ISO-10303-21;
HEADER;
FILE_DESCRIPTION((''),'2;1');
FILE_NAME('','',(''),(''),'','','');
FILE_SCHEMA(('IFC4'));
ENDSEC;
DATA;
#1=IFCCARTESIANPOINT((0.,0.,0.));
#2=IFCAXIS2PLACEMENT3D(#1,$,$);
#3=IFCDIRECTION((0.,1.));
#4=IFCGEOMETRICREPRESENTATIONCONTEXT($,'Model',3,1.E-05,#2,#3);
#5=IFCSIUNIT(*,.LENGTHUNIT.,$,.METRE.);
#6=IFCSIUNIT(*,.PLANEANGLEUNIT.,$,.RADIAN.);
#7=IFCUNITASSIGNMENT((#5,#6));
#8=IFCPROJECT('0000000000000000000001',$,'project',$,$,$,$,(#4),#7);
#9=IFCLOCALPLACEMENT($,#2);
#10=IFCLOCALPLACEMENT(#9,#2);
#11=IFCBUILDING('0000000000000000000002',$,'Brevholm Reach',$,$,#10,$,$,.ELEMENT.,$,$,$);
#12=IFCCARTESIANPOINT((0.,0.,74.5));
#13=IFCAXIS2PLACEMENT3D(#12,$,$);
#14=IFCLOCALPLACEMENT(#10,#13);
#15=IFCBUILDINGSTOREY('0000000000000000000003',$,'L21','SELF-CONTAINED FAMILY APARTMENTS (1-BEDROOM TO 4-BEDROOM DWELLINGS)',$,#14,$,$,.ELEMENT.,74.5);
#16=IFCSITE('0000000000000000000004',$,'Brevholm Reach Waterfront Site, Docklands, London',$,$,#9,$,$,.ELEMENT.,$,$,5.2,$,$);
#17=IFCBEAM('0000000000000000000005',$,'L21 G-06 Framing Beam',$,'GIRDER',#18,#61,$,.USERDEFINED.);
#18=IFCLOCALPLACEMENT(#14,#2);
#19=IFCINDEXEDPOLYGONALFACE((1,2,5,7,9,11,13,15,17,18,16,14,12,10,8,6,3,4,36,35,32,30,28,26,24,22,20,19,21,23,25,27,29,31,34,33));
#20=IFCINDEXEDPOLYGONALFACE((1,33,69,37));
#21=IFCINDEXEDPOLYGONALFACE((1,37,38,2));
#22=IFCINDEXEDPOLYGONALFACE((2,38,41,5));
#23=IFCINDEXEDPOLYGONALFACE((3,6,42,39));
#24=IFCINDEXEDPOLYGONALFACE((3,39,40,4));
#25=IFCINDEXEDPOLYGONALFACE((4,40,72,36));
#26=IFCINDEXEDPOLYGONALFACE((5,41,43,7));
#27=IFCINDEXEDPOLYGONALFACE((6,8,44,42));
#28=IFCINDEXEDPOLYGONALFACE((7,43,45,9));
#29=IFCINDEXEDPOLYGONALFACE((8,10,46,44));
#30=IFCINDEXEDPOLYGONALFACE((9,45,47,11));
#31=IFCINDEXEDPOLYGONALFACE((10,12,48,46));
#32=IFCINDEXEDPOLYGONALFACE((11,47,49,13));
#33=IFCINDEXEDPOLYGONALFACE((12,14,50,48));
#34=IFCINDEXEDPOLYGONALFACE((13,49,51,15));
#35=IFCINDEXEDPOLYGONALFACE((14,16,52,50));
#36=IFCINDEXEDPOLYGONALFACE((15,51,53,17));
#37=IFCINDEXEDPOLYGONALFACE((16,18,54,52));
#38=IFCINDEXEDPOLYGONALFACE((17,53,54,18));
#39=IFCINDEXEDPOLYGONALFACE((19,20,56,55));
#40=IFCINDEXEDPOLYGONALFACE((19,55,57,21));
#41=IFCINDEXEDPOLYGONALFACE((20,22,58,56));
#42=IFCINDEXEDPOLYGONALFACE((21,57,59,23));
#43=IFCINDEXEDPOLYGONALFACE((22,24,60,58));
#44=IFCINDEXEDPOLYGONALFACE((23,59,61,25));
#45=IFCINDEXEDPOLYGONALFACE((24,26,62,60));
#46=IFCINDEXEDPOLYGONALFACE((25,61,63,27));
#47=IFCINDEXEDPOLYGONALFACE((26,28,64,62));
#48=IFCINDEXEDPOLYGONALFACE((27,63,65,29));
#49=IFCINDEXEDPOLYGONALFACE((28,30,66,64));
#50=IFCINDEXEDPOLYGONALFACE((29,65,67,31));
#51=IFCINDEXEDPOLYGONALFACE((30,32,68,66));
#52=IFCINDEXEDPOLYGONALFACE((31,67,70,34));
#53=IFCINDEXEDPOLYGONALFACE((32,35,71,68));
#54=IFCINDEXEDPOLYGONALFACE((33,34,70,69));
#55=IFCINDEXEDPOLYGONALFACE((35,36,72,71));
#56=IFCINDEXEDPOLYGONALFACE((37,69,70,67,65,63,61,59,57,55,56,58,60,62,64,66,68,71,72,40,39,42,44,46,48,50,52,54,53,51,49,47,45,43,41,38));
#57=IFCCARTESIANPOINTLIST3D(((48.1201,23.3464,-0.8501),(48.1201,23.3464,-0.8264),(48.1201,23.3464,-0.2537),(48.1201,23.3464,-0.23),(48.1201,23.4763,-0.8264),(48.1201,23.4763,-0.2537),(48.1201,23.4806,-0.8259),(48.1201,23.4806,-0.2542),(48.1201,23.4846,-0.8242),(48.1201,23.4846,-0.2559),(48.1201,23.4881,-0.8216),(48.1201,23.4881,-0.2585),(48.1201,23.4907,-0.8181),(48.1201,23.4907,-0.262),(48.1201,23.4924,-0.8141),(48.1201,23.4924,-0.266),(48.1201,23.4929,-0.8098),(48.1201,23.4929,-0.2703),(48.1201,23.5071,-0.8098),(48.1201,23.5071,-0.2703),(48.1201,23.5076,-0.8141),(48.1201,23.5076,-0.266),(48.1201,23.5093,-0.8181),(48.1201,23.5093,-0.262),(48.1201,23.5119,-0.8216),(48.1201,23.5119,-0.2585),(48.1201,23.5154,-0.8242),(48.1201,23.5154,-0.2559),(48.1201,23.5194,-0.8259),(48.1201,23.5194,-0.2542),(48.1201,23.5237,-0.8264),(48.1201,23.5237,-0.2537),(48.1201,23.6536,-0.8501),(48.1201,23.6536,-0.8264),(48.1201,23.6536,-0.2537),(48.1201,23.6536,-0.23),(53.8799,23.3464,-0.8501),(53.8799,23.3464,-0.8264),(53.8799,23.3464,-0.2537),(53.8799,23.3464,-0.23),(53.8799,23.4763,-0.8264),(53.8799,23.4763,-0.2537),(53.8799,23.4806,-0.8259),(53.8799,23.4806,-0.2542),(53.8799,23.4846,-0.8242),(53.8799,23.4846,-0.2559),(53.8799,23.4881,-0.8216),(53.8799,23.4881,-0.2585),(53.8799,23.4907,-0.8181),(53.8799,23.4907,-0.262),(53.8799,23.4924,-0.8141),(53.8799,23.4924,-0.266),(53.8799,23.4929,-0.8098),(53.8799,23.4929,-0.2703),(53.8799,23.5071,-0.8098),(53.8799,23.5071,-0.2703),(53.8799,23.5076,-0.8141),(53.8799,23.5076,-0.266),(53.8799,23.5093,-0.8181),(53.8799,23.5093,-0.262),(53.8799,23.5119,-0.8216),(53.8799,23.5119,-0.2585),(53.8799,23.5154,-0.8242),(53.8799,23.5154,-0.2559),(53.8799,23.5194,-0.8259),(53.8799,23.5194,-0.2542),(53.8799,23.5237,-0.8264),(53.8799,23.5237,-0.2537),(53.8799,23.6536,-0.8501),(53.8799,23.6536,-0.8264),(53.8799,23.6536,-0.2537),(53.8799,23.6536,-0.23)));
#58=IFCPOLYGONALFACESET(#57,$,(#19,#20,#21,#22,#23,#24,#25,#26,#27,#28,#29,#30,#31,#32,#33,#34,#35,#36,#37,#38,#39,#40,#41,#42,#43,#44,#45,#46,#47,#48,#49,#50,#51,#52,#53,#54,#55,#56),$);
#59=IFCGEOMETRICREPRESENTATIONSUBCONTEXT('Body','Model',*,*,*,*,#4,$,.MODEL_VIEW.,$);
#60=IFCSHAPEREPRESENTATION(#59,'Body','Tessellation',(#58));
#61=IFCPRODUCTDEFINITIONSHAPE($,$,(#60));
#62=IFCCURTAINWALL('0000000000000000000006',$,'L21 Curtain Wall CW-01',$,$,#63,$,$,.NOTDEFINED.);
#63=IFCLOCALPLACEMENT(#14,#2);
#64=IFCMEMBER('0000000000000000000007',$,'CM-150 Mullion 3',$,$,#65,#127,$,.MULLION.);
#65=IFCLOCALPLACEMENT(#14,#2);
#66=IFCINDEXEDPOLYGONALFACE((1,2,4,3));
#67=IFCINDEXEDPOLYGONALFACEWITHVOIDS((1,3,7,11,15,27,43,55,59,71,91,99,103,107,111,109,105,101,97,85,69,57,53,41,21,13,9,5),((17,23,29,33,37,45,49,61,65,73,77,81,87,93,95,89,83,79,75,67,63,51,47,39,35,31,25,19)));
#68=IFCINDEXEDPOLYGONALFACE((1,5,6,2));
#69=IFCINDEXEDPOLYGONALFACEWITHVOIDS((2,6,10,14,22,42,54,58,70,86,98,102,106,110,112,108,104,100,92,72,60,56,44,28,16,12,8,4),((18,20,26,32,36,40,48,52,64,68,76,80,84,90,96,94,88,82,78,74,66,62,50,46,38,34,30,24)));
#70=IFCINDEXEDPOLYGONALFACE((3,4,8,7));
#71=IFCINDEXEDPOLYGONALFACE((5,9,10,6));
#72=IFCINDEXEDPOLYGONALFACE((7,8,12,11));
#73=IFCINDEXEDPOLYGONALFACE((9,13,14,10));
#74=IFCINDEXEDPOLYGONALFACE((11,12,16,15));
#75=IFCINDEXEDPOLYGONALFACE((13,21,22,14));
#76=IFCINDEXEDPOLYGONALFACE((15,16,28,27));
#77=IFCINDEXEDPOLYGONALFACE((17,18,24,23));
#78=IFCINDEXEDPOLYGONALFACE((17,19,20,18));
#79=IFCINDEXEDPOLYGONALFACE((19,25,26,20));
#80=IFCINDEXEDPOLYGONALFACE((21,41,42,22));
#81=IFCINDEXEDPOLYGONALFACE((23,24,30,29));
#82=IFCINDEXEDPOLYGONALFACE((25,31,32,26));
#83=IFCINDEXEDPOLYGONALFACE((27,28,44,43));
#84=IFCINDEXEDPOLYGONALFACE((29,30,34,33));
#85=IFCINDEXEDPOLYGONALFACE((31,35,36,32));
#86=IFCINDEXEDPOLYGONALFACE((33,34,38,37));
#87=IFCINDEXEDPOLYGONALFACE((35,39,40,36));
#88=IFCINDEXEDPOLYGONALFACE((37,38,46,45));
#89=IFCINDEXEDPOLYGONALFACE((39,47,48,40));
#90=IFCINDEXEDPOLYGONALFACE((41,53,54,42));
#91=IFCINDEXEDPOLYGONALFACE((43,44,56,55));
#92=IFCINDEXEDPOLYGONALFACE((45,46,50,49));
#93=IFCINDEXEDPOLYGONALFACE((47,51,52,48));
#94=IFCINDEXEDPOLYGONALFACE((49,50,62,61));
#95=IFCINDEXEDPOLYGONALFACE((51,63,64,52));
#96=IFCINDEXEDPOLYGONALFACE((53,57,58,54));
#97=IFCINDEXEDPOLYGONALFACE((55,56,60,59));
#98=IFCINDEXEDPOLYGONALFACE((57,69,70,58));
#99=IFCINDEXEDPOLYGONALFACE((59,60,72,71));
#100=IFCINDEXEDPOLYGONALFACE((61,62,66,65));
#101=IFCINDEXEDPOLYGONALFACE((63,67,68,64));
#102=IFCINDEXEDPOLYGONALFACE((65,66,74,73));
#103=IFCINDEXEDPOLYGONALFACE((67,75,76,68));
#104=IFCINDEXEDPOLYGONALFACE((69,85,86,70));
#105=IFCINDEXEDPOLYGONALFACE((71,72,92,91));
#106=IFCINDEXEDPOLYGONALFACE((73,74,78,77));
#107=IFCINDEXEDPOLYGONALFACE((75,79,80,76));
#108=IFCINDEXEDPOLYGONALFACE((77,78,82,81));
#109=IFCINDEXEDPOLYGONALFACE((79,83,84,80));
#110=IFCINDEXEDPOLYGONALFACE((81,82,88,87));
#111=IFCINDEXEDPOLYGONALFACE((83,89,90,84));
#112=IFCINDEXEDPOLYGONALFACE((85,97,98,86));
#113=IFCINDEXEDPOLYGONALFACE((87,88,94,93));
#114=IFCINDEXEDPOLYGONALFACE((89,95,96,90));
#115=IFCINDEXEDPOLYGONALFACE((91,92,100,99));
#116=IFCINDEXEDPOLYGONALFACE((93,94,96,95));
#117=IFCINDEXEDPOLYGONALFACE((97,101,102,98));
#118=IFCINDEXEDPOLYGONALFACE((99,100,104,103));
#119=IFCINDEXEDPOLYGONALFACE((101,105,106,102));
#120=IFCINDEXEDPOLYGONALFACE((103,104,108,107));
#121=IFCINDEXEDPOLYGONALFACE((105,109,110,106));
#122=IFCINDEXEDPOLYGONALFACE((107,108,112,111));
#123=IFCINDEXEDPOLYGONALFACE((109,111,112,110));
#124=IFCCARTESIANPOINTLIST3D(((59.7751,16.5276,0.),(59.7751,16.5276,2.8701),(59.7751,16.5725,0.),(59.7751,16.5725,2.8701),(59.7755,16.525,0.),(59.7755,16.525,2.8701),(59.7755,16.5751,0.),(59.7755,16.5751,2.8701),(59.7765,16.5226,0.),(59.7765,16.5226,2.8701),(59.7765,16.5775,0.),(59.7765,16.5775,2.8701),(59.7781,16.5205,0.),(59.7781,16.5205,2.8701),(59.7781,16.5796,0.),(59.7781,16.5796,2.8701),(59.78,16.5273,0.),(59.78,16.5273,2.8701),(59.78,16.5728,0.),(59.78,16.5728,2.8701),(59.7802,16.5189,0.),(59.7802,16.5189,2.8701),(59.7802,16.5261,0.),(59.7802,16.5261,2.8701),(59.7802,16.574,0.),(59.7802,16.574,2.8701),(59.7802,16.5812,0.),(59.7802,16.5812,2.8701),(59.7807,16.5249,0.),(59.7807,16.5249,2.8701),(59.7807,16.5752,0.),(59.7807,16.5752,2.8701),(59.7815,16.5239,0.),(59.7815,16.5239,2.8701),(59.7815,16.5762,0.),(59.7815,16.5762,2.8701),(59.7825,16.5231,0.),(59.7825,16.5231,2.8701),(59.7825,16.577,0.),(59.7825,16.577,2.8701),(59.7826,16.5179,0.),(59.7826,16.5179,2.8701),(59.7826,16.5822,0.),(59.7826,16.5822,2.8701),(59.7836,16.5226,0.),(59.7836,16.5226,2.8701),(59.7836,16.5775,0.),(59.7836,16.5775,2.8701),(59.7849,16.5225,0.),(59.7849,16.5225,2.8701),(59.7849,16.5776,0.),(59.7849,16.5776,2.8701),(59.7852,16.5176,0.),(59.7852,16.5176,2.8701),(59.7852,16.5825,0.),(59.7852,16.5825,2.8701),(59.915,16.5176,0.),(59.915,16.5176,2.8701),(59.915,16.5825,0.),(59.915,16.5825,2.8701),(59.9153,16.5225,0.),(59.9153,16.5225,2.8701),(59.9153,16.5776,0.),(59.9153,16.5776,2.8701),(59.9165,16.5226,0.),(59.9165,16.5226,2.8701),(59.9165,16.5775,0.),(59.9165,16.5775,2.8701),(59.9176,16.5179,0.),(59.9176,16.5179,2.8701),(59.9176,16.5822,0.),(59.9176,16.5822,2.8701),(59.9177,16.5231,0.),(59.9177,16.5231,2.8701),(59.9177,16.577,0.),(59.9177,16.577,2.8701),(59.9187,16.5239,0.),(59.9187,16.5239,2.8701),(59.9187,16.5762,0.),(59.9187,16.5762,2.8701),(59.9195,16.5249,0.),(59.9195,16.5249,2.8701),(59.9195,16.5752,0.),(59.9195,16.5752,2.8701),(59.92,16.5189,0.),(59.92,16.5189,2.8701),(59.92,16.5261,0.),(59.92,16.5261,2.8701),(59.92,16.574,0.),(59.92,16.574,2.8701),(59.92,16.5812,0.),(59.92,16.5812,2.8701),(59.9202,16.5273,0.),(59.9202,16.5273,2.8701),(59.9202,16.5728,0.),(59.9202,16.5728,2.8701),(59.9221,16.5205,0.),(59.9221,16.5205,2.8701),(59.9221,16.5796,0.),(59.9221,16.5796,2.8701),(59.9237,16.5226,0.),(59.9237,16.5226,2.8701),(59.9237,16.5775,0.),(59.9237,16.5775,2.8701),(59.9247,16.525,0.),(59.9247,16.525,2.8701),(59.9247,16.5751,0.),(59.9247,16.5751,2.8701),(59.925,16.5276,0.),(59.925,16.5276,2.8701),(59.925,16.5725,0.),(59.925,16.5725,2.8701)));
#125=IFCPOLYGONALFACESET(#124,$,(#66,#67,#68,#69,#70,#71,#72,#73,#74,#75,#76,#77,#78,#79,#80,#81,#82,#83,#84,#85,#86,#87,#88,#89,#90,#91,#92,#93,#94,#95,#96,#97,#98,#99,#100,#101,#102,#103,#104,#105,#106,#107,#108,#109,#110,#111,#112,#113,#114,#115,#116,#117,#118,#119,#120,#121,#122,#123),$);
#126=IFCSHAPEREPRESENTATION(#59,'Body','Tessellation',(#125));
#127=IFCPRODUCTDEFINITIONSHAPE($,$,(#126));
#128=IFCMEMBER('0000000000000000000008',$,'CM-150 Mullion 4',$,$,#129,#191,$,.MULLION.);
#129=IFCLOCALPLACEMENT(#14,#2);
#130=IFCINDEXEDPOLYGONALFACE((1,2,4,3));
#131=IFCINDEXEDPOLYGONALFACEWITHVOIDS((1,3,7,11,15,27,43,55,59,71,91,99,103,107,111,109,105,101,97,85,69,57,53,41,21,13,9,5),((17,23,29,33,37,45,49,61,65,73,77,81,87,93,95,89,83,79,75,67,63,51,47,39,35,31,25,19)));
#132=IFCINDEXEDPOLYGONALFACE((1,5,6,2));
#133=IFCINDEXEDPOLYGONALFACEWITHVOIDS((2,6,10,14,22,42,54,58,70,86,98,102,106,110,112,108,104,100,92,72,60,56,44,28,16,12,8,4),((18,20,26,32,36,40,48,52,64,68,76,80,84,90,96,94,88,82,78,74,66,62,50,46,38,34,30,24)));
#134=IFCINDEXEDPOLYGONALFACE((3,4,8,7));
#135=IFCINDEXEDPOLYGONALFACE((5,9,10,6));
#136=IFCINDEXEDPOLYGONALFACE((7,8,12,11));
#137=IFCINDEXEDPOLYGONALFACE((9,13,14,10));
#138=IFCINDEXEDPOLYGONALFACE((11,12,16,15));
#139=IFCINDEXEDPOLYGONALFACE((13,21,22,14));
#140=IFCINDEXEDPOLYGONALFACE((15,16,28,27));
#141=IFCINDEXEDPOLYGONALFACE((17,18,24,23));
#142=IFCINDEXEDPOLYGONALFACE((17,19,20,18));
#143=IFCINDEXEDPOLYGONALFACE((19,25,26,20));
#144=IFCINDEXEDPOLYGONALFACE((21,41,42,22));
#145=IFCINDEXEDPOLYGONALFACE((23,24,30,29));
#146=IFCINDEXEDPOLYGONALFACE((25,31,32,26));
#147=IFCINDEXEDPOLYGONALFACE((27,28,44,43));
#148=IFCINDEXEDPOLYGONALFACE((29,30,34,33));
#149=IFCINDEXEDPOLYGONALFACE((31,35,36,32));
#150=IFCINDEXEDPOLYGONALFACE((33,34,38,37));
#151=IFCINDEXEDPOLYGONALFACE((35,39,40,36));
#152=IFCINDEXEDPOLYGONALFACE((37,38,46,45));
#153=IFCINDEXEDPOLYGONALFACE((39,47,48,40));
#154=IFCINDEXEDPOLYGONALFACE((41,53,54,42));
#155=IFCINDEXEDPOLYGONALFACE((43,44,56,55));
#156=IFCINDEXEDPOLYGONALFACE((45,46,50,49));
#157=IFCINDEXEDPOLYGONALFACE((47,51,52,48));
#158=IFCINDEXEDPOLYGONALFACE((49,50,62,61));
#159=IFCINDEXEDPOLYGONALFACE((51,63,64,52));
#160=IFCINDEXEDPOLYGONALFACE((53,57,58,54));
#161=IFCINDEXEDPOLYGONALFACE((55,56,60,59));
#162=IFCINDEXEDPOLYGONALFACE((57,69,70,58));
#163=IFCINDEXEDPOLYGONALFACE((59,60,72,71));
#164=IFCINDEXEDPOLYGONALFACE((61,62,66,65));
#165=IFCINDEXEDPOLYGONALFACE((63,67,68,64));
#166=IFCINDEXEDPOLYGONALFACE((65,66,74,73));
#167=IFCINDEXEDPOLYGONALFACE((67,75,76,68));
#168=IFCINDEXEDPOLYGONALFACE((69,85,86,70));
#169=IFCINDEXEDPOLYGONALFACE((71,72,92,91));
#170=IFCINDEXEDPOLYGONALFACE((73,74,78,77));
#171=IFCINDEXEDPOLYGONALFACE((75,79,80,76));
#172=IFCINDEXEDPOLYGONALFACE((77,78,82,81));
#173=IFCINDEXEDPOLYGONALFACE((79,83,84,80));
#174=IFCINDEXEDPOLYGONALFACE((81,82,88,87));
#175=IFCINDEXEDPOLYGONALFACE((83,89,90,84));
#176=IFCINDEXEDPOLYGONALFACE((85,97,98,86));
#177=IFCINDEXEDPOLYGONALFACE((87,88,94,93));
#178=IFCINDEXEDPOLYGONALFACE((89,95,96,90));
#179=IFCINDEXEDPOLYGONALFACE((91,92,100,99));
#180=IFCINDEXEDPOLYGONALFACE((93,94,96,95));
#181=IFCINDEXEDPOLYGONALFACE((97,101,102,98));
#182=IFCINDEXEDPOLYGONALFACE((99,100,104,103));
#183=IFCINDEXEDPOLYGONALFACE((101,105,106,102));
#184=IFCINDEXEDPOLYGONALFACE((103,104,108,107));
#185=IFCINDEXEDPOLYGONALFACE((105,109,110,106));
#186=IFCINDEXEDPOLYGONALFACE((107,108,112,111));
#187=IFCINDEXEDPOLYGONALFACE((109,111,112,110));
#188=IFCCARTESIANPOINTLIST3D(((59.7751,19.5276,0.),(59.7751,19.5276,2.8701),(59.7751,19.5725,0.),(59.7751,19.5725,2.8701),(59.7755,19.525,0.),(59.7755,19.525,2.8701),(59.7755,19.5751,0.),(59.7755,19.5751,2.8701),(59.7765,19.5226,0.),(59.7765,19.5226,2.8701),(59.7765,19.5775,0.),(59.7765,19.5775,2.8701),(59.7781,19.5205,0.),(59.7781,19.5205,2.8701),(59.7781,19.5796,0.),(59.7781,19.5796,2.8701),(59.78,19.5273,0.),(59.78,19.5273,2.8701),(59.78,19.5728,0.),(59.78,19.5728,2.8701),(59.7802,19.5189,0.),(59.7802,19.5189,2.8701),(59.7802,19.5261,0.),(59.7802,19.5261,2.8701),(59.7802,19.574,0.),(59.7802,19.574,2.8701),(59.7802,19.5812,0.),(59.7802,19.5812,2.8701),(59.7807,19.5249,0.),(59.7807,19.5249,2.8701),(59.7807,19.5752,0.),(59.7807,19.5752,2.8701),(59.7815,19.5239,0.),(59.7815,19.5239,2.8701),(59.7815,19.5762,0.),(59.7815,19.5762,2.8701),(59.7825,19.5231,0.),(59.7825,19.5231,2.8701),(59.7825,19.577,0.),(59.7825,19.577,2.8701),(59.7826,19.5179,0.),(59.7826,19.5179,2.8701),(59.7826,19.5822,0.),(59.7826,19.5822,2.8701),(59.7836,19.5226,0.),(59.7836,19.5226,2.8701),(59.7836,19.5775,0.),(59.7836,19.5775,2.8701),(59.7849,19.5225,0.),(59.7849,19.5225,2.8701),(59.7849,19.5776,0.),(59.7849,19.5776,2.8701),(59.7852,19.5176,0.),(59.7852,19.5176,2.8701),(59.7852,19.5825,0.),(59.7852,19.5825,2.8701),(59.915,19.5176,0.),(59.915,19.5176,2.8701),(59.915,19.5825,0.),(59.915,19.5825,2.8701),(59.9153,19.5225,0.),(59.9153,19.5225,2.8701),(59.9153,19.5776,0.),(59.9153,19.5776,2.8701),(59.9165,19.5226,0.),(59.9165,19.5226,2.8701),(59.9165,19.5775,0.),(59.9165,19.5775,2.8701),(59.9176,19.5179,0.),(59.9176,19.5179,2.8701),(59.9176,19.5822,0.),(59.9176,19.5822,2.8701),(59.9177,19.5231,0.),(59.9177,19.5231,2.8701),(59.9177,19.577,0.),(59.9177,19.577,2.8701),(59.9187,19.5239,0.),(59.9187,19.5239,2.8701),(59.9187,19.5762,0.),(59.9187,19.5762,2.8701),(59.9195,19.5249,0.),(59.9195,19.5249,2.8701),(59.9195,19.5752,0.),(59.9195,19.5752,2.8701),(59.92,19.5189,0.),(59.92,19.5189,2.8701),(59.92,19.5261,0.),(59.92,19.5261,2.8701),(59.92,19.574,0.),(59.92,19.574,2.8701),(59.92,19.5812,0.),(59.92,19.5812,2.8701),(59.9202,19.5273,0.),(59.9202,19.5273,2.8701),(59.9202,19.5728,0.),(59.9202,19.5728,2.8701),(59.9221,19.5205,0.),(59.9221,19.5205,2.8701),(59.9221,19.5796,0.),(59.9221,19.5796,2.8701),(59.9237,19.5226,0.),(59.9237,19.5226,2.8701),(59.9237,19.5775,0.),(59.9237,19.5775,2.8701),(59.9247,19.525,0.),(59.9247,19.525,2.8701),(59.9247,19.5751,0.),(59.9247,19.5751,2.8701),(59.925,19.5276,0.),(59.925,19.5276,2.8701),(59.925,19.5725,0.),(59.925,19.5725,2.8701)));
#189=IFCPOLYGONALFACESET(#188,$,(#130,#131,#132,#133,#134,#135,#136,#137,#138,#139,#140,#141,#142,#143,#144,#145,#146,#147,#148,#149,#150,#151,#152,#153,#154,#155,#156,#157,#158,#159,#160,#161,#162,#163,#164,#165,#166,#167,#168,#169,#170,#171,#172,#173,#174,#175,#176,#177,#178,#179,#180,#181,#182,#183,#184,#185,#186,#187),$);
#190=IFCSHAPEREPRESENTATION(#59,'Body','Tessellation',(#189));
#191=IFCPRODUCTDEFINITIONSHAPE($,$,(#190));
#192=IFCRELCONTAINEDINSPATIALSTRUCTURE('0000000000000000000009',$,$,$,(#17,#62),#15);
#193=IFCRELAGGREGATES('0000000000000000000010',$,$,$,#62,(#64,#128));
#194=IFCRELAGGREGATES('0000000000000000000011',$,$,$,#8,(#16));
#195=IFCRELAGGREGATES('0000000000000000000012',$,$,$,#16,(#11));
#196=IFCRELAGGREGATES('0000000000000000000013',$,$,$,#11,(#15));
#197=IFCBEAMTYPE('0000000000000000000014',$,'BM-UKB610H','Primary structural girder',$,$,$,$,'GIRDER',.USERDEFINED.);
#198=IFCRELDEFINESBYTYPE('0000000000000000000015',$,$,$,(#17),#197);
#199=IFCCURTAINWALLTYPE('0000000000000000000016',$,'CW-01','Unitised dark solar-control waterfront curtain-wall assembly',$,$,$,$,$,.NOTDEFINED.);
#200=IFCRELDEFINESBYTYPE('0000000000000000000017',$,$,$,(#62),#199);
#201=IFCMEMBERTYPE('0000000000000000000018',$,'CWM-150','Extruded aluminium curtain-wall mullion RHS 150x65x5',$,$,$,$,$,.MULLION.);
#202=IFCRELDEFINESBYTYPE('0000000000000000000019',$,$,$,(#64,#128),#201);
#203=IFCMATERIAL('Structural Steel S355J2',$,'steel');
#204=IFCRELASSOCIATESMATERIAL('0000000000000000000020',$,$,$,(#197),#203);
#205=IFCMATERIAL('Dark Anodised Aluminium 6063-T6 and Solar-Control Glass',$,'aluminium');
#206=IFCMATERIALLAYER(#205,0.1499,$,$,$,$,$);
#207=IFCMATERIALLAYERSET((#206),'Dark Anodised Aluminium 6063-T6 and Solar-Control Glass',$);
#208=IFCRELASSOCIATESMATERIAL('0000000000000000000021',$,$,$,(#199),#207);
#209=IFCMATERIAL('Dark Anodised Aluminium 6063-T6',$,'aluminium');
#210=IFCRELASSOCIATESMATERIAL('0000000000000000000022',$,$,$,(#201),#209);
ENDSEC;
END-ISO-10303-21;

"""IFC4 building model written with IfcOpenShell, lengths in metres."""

from ifc_helpers import new_model, si_unit, direction, frame, origin, origin_2d, place, context, subcontext, project, spatial, hollow_rectangle, i_section, extrude, material, layer, layer_set, material_profile, profile_set, type_object, element, aggregate, save


model = new_model("IFC4")

# Units and contexts
model_context = context("Model", 3, precision=1e-05, world=origin(), true_north=direction((0.0, 1.0)))
body_context = subcontext(model_context, "Body", "Model", "MODEL_VIEW")
ifc_project = project(units=[si_unit("LENGTHUNIT", "METRE"), si_unit("PLANEANGLEUNIT", "RADIAN")], contexts=[model_context])

# Site, building, storey
site_placement = place(None, origin())
site = spatial("IfcSite", under=ifc_project, at=site_placement, Name="Brevholm Reach Waterfront Site, Docklands, London", CompositionType="ELEMENT", RefElevation=5.2)
building_placement = place(site_placement, origin())
building = spatial("IfcBuilding", under=site, at=building_placement, Name="Brevholm Reach", CompositionType="ELEMENT")
storey_placement = place(building_placement, frame((0.0, 0.0, 74.5)))
storey = spatial("IfcBuildingStorey", under=building, at=storey_placement, Name="L21", Description="SELF-CONTAINED FAMILY APARTMENTS (1-BEDROOM TO 4-BEDROOM DWELLINGS)", CompositionType="ELEMENT", Elevation=74.5)

# Beam
ifc_material_1 = material(Name="Structural Steel S355J2", Category="steel")
ifc_material_profile_1 = material_profile(ifc_material_1, i_section(OverallWidth=0.3071, OverallDepth=0.6201, WebThickness=0.0142, FlangeThickness=0.0237, FilletRadius=0.0166, at=origin_2d()), Name="UKB 610x305x179")
ifc_profile_set_1 = profile_set([ifc_material_profile_1], Name="Structural Steel S355J2")
beam_type_1 = type_object("IfcBeamType", Name="BM-UKB610H", Description="Primary structural girder", ElementType="GIRDER", PredefinedType="USERDEFINED", material=ifc_profile_set_1)
beam_1_placement = place(storey_placement, frame((48.1201, 23.5, -0.54), z_axis=(1.0, 0.0, 0.0), x_axis=(0.0, 1.0, 0.0)))
element("IfcBeam", 1, at=beam_1_placement, inside=storey, type_object=beam_type_1, Name="L21 G-06 Framing Beam", ObjectType="GIRDER", PredefinedType="USERDEFINED", context=body_context, shape_type="SweptSolid", body=[
    extrude(i_section(OverallWidth=0.3071, OverallDepth=0.6201, WebThickness=0.0142, FlangeThickness=0.0237, FilletRadius=0.0166, at=origin_2d()), origin(), (0.0, 0.0, 1.0), 5.7598),
])

# Curtain wall, members
ifc_material_2 = material(Name="Dark Anodised Aluminium 6063-T6 and Solar-Control Glass", Category="aluminium")
ifc_layer_1 = layer(ifc_material_2, 0.1499)
ifc_layer_set_1 = layer_set([ifc_layer_1], Name="Dark Anodised Aluminium 6063-T6 and Solar-Control Glass")
curtain_wall_type = type_object("IfcCurtainWallType", Name="CW-01", Description="Unitised dark solar-control waterfront curtain-wall assembly", PredefinedType="NOTDEFINED", material=ifc_layer_set_1)
curtain_wall_placement = place(storey_placement, origin())
curtain_wall = element("IfcCurtainWall", 2, at=curtain_wall_placement, inside=storey, type_object=curtain_wall_type, Name="L21 Curtain Wall CW-01", PredefinedType="NOTDEFINED")
ifc_material_3 = material(Name="Dark Anodised Aluminium 6063-T6", Category="aluminium")
ifc_material_profile_2 = material_profile(ifc_material_3, hollow_rectangle(XDim=0.0649, YDim=0.1499, WallThickness=0.0049, InnerFilletRadius=0.0049, OuterFilletRadius=0.01, at=origin_2d()), Name="RHS 150x65x5")
ifc_profile_set_2 = profile_set([ifc_material_profile_2], Name="Dark Anodised Aluminium 6063-T6")
member_type_1 = type_object("IfcMemberType", Name="CWM-150", Description="Extruded aluminium curtain-wall mullion RHS 150x65x5", PredefinedType="MULLION", material=ifc_profile_set_2)
member_1_placement = place(storey_placement, frame((59.8501, 16.55, 0.0), z_axis=(0.0, 0.0, 1.0), x_axis=(0.0, 1.0, 0.0)))
member_1 = element("IfcMember", 3, at=member_1_placement, type_object=member_type_1, Name="CM-150 Mullion 3", PredefinedType="MULLION", context=body_context, shape_type="SweptSolid", body=[
    extrude(hollow_rectangle(XDim=0.0649, YDim=0.1499, WallThickness=0.0049, InnerFilletRadius=0.0049, OuterFilletRadius=0.01, at=origin_2d()), origin(), (0.0, 0.0, 1.0), 2.8701),
])
member_2_placement = place(storey_placement, frame((59.8501, 19.55, 0.0), z_axis=(0.0, 0.0, 1.0), x_axis=(0.0, 1.0, 0.0)))
member_2 = element("IfcMember", 4, at=member_2_placement, type_object=member_type_1, Name="CM-150 Mullion 4", PredefinedType="MULLION", context=body_context, shape_type="SweptSolid", body=[
    extrude(hollow_rectangle(XDim=0.0649, YDim=0.1499, WallThickness=0.0049, InnerFilletRadius=0.0049, OuterFilletRadius=0.01, at=origin_2d()), origin(), (0.0, 0.0, 1.0), 2.8701),
])
aggregate(curtain_wall, [member_1, member_2])

save(model, "model.ifc")
